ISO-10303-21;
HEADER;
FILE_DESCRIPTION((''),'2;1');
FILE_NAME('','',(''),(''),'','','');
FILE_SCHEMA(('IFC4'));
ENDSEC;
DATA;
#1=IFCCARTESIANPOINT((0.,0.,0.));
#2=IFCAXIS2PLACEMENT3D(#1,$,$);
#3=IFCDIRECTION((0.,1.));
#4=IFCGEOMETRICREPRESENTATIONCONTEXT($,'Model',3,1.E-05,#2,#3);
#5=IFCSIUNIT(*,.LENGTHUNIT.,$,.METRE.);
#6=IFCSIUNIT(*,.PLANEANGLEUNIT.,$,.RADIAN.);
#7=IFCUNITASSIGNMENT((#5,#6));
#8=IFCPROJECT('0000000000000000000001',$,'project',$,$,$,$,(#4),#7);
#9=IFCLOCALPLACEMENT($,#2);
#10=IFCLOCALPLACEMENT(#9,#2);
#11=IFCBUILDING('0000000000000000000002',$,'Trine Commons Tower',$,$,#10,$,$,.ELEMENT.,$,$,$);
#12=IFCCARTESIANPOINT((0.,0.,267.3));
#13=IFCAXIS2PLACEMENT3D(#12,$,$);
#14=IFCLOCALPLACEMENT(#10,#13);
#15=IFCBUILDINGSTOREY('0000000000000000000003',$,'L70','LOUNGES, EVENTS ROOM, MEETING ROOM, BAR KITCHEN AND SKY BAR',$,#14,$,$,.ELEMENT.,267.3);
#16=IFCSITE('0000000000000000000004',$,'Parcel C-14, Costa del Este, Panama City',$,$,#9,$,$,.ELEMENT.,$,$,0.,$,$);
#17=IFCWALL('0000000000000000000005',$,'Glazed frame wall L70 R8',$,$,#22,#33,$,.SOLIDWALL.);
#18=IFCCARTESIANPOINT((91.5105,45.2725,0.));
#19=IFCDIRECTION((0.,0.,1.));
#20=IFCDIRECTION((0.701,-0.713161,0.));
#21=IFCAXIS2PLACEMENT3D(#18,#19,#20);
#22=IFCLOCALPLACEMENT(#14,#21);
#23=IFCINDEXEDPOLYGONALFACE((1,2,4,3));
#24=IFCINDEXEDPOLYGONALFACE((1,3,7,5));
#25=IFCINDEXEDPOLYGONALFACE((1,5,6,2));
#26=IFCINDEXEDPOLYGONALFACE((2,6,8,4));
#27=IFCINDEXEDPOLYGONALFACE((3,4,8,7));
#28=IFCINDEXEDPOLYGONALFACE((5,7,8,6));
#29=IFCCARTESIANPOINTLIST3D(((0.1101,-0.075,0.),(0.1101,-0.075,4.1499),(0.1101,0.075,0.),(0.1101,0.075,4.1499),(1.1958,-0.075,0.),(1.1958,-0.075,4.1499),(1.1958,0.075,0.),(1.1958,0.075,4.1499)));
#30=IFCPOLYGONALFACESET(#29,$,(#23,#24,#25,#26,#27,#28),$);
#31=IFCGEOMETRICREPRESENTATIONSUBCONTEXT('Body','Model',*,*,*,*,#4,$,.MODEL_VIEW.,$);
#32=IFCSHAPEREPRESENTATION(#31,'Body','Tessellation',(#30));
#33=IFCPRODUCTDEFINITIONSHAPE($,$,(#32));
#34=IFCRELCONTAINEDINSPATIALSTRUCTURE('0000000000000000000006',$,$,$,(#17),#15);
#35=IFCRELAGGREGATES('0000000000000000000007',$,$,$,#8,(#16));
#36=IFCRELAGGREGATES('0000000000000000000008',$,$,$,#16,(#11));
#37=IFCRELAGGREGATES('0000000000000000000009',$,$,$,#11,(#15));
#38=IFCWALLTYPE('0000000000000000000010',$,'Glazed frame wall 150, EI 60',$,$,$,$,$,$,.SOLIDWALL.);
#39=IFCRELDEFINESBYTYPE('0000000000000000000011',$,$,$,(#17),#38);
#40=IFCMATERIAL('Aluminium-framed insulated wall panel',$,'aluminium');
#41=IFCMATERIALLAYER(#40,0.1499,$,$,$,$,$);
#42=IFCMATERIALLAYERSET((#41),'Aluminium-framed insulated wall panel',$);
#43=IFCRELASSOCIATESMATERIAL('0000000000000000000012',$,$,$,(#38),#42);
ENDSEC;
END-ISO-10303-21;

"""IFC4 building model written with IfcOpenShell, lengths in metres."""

from ifc_helpers import new_model, si_unit, direction, frame, origin, place, context, subcontext, project, spatial, polyline, outline, extrude, material, layer, layer_set, type_object, element, save


model = new_model("IFC4")

# Units and contexts
model_context = context("Model", 3, precision=1e-05, world=origin(), true_north=direction((0.0, 1.0)))
body_context = subcontext(model_context, "Body", "Model", "MODEL_VIEW")
ifc_project = project(units=[si_unit("LENGTHUNIT", "METRE"), si_unit("PLANEANGLEUNIT", "RADIAN")], contexts=[model_context])

# Site, building, storey
site_placement = place(None, origin())
site = spatial("IfcSite", under=ifc_project, at=site_placement, Name="Parcel C-14, Costa del Este, Panama City", CompositionType="ELEMENT", RefElevation=0.0)
building_placement = place(site_placement, origin())
building = spatial("IfcBuilding", under=site, at=building_placement, Name="Trine Commons Tower", CompositionType="ELEMENT")
storey_placement = place(building_placement, frame((0.0, 0.0, 267.3)))
storey = spatial("IfcBuildingStorey", under=building, at=storey_placement, Name="L70", Description="LOUNGES, EVENTS ROOM, MEETING ROOM, BAR KITCHEN AND SKY BAR", CompositionType="ELEMENT", Elevation=267.3)

# Wall
ifc_material_1 = material(Name="Aluminium-framed insulated wall panel", Category="aluminium")
ifc_layer_1 = layer(ifc_material_1, 0.1499)
ifc_layer_set_1 = layer_set([ifc_layer_1], Name="Aluminium-framed insulated wall panel")
wall_type_1 = type_object("IfcWallType", Name="Glazed frame wall 150, EI 60", PredefinedType="SOLIDWALL", material=ifc_layer_set_1)
wall_1_placement = place(storey_placement, frame((91.5105, 45.2725, 0.0), z_axis=(0.0, 0.0, 1.0), x_axis=(0.701, -0.713161, 0.0)))
element("IfcWall", 1, at=wall_1_placement, inside=storey, type_object=wall_type_1, Name="Glazed frame wall L70 R8", PredefinedType="SOLIDWALL", context=body_context, shape_type="SweptSolid", body=[
    extrude(outline(polyline([(0.1101, 0.075), (0.1101, -0.075), (1.1958, -0.075), (1.1958, 0.075), (0.1101, 0.075)])), origin(), (0.0, 0.0, 1.0), 4.1499),
])

save(model, "model.ifc")
